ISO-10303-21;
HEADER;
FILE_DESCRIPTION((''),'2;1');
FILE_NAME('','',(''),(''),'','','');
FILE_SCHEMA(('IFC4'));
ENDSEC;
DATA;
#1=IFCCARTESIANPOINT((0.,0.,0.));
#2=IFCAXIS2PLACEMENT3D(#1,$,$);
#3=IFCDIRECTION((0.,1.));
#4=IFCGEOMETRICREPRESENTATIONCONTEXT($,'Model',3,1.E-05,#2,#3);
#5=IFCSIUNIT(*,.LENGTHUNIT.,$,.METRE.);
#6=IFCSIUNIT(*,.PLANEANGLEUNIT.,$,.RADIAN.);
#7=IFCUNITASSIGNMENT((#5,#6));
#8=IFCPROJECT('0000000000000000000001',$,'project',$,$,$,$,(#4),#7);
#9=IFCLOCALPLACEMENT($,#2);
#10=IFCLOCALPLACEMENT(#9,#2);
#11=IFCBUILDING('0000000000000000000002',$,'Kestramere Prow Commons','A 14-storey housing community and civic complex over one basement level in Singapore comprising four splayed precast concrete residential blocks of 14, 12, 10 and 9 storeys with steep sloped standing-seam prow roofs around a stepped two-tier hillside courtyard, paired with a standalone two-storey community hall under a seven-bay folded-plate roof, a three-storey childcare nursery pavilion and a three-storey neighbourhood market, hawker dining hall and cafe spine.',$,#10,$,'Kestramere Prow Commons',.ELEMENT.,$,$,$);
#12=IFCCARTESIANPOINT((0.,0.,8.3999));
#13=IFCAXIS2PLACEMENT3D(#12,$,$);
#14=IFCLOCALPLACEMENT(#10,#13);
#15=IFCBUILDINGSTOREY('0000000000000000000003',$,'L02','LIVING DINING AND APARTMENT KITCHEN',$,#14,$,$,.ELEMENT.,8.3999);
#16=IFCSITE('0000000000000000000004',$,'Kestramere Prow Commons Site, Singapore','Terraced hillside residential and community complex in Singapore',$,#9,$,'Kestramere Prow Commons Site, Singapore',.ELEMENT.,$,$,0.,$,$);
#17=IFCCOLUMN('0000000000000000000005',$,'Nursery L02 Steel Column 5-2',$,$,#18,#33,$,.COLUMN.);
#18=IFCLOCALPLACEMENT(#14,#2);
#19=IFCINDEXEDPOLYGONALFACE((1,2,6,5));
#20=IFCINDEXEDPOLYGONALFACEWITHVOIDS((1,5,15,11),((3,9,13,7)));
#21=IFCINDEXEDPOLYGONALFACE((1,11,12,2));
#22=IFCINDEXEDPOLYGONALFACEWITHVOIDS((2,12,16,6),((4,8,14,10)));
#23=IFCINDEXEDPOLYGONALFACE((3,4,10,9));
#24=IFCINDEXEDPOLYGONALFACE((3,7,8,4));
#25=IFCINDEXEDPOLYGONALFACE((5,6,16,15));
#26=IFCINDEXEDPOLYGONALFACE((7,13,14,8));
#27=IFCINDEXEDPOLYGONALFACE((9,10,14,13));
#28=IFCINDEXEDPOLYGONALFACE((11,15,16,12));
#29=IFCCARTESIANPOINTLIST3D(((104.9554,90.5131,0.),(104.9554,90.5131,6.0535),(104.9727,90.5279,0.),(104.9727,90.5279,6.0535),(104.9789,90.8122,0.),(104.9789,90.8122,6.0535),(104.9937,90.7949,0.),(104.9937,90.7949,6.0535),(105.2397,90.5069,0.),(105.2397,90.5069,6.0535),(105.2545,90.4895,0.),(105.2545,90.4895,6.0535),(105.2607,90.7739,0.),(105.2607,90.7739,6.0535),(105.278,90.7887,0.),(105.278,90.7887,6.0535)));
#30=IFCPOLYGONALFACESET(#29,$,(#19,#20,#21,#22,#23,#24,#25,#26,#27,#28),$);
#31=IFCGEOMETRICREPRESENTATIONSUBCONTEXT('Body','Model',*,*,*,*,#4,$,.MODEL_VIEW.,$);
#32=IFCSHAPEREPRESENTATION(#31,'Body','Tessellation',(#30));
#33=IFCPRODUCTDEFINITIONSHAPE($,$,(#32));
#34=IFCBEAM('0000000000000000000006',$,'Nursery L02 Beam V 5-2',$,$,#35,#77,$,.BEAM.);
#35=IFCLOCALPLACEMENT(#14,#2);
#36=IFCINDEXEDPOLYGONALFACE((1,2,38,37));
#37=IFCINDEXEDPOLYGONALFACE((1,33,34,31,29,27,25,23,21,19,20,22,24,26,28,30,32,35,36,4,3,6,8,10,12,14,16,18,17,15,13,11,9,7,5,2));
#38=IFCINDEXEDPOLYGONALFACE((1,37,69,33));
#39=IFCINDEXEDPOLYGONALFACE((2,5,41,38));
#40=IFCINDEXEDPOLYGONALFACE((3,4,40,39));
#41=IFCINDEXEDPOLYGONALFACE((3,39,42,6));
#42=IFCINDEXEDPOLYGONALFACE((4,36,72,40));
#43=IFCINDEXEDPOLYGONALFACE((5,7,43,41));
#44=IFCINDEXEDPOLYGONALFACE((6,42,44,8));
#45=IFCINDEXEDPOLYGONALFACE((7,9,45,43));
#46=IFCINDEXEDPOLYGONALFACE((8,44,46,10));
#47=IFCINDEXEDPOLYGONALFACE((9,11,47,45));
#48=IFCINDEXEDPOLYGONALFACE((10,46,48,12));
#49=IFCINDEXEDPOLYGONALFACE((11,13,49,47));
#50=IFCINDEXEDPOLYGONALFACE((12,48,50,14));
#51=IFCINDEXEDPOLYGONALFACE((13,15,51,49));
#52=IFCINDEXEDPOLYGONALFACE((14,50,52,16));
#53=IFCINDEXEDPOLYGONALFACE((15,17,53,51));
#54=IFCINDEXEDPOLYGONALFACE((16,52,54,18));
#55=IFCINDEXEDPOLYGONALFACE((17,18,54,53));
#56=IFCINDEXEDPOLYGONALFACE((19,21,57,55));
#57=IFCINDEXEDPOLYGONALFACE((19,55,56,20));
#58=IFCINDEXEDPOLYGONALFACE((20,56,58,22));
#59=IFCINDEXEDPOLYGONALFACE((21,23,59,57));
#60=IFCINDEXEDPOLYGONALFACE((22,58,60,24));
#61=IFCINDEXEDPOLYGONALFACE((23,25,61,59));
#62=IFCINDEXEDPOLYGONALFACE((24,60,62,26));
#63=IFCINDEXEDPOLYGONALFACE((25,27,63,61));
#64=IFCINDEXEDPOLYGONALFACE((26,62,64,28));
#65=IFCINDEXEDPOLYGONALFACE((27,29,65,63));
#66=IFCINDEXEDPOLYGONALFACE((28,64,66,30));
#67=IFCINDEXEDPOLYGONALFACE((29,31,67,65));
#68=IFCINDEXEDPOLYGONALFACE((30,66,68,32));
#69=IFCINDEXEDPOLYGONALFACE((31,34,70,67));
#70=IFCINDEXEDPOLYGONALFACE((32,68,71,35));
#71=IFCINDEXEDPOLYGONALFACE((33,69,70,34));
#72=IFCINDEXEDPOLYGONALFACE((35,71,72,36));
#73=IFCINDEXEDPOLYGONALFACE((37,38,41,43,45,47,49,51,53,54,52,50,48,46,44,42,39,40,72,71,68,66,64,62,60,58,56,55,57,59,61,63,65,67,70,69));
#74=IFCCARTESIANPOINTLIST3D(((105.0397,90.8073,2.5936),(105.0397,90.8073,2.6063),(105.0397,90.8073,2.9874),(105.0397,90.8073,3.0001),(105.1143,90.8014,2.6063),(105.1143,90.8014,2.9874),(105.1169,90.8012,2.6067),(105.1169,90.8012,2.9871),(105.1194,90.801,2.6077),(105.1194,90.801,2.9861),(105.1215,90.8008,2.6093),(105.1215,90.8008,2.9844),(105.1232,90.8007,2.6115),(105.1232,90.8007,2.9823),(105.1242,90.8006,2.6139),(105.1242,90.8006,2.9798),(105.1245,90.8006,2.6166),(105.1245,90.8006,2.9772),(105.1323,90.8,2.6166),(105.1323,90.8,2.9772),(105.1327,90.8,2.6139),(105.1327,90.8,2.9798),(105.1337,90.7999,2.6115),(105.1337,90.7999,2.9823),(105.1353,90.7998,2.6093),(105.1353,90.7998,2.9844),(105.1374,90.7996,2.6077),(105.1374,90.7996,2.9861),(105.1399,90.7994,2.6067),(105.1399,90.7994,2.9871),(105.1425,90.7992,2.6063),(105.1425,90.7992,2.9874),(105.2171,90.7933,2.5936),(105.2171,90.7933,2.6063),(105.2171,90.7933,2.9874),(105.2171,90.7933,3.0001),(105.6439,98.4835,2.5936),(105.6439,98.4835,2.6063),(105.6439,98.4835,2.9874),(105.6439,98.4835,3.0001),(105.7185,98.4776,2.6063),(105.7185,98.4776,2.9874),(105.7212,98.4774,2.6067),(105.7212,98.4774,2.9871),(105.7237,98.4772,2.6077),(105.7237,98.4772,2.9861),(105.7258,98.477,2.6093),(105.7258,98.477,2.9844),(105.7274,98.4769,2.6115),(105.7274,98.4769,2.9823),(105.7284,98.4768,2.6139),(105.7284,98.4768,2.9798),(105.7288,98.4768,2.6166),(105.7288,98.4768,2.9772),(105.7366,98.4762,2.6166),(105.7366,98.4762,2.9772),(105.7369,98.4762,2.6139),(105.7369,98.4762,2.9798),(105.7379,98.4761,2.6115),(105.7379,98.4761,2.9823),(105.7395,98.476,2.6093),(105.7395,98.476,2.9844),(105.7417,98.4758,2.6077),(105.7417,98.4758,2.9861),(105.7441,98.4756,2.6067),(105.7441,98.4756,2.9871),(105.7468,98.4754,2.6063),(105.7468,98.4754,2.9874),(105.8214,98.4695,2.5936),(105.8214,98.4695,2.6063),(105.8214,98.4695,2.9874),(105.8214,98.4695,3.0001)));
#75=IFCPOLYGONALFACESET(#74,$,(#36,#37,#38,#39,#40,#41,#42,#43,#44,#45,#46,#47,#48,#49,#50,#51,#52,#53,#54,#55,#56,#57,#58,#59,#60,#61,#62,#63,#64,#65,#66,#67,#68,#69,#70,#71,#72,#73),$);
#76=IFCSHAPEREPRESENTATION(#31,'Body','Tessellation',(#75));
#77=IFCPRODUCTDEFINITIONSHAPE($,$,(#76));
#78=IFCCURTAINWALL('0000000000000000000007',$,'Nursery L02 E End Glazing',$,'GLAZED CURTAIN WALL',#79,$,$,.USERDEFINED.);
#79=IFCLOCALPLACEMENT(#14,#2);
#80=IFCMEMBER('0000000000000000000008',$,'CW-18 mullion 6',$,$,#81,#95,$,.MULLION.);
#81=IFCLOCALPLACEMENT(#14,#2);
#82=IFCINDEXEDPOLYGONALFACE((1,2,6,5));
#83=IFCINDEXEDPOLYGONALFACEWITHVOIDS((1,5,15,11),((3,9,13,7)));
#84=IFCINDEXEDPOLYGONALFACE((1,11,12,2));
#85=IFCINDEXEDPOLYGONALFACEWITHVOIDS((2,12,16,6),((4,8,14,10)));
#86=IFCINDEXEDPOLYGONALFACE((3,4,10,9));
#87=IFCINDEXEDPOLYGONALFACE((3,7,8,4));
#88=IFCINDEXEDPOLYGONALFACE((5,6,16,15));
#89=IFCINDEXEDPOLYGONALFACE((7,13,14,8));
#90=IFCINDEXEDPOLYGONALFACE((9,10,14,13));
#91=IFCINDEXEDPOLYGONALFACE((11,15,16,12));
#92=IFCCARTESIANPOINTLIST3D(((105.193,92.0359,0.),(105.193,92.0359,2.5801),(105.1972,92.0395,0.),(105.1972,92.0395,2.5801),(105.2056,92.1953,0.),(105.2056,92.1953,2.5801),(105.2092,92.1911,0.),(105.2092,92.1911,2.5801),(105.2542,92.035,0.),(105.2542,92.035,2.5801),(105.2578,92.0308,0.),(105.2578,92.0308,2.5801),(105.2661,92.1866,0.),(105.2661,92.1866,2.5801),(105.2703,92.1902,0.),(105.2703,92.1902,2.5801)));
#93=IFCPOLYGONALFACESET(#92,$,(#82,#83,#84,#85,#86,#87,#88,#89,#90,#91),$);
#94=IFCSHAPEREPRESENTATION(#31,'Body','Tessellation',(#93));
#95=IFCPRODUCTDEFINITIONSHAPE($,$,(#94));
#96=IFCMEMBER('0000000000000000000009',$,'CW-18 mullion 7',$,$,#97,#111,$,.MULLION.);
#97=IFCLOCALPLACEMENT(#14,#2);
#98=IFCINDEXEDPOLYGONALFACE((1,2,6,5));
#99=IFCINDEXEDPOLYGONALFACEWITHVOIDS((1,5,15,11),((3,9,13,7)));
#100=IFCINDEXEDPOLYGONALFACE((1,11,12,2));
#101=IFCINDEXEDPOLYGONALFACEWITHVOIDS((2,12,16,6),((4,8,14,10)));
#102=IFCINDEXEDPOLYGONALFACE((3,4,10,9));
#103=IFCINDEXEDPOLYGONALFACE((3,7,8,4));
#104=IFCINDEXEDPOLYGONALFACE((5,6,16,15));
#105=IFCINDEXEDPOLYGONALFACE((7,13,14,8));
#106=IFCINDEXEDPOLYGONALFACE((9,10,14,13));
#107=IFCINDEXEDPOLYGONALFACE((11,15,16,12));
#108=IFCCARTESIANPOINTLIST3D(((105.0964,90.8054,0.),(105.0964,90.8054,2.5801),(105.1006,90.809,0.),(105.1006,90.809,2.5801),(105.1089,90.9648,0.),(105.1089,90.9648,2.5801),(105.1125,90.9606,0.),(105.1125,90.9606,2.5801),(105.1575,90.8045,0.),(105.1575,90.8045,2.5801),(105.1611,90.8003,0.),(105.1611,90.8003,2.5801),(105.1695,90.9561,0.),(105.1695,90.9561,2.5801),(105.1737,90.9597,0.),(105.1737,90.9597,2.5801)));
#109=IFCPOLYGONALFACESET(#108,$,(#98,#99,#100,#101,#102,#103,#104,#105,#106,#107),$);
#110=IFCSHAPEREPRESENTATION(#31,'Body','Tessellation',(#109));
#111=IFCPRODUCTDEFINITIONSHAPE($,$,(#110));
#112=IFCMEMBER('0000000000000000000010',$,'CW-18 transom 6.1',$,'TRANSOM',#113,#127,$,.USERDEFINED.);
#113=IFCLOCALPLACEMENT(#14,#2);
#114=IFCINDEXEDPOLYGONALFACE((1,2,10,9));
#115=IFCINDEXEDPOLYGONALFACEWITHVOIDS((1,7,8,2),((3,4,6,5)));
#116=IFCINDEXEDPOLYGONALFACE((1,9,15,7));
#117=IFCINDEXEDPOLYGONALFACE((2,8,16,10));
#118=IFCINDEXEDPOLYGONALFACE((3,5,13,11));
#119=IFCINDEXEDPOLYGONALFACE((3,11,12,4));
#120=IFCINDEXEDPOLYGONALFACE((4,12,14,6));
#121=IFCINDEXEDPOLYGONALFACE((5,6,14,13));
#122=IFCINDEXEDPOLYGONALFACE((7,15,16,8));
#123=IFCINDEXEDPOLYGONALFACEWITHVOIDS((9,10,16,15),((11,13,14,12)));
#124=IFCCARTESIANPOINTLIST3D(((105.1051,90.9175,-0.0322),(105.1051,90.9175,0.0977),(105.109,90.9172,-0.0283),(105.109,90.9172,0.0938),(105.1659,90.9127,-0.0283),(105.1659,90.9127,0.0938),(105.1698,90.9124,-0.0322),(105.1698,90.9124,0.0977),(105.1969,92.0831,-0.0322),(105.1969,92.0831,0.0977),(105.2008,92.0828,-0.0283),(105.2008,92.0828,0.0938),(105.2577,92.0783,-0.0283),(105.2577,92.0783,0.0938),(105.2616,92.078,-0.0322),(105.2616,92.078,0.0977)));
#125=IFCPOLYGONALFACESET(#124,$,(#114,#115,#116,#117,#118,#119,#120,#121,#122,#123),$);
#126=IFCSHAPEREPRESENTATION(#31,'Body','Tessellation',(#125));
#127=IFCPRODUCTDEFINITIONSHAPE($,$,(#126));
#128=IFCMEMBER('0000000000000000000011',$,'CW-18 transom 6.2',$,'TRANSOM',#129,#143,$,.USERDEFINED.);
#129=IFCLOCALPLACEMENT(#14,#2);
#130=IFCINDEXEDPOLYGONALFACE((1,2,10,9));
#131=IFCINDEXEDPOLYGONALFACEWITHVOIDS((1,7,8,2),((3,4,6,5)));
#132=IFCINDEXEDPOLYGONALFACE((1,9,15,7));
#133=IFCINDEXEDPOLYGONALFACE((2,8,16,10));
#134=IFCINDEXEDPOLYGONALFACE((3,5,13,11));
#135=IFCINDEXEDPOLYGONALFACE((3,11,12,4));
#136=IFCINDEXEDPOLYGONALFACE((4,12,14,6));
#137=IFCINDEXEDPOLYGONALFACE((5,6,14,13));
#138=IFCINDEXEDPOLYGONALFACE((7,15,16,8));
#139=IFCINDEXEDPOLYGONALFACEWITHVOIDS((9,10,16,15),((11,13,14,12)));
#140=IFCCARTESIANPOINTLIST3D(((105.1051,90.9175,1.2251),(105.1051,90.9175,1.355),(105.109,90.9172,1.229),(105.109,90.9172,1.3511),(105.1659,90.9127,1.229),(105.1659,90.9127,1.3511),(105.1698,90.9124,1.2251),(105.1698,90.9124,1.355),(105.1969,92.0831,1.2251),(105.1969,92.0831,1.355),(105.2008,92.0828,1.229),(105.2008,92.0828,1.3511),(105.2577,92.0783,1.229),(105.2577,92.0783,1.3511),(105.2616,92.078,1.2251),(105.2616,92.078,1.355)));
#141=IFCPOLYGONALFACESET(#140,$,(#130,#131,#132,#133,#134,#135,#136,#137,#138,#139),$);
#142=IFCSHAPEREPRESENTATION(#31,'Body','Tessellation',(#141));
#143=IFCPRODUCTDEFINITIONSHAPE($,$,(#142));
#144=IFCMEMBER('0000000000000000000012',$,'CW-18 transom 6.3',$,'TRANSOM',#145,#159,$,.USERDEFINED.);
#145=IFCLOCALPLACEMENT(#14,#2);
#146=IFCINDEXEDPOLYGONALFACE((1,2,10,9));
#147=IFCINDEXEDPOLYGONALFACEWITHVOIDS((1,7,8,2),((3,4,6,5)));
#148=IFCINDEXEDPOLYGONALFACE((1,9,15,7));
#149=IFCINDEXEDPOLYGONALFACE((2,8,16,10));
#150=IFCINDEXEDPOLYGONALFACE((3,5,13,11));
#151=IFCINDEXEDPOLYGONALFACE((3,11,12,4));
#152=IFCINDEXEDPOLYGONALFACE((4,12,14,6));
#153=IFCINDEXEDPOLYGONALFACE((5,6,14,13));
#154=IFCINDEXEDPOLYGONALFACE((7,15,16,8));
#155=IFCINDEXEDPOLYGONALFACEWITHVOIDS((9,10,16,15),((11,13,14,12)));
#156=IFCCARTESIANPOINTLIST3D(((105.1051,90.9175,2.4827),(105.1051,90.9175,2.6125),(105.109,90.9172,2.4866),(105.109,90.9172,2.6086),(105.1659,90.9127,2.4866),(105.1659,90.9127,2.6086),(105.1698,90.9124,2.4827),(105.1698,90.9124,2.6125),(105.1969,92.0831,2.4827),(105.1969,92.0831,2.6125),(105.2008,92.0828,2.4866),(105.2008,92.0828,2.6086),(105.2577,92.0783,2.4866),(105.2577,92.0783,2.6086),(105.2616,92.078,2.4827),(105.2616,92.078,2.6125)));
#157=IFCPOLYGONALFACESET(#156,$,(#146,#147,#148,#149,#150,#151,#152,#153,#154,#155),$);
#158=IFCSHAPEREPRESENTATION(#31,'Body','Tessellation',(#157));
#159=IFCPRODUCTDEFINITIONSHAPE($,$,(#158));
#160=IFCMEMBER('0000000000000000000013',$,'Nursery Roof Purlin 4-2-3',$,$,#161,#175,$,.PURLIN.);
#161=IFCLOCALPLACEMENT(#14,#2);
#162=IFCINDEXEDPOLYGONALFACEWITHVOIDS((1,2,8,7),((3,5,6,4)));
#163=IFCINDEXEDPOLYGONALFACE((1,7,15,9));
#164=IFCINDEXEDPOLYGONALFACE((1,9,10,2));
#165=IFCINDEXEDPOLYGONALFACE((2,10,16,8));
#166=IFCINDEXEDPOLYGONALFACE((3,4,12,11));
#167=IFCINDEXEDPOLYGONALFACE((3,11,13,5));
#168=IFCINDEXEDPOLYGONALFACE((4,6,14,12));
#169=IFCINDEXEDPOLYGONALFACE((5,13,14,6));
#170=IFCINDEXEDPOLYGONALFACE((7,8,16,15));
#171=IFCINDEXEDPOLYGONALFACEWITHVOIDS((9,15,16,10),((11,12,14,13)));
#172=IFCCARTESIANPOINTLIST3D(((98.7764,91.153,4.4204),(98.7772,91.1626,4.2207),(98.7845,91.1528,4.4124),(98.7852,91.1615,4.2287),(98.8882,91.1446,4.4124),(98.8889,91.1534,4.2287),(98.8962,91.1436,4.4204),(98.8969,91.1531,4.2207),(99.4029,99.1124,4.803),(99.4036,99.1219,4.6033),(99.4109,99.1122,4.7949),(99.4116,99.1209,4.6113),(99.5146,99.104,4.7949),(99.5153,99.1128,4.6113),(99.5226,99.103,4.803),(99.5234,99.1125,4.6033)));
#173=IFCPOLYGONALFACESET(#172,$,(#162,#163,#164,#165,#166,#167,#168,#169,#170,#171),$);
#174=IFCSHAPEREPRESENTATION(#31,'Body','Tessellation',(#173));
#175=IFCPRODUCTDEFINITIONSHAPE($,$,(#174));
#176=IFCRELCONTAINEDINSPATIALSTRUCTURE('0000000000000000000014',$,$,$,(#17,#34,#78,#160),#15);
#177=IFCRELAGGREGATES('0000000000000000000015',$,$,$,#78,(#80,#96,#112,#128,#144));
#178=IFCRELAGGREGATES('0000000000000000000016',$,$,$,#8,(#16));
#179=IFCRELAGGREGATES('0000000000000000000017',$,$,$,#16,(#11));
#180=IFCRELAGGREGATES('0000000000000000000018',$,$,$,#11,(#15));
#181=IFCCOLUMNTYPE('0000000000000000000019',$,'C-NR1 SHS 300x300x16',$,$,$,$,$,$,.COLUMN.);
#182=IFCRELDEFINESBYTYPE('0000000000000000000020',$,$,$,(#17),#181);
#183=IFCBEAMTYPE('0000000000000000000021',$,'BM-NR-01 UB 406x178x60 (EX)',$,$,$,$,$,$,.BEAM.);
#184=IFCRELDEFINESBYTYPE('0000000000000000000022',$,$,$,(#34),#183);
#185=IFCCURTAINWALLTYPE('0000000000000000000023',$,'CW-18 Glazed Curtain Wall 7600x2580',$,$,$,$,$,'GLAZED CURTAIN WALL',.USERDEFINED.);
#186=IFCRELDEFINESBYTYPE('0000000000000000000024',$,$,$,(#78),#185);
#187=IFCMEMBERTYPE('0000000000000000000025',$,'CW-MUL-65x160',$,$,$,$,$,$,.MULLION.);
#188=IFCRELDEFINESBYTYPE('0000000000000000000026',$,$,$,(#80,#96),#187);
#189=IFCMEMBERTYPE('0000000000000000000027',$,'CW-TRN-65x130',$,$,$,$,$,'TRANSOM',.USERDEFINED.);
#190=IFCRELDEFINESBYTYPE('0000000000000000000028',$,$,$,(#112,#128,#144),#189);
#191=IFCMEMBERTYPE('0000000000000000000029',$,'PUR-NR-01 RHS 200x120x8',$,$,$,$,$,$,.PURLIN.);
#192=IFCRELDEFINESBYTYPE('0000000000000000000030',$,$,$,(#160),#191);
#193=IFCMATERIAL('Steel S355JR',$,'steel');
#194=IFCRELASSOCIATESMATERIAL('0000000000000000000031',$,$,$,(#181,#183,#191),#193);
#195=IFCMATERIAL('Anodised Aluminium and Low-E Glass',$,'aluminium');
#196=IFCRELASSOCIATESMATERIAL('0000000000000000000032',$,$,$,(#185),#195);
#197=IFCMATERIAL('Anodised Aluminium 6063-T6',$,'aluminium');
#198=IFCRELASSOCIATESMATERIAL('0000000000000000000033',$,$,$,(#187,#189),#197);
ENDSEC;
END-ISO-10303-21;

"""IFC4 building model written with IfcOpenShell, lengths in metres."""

from ifc_helpers import new_model, si_unit, direction, frame, origin, origin_2d, place, context, subcontext, project, spatial, hollow_rectangle, i_section, extrude, material, material_profile, profile_set, type_object, element, aggregate, save


model = new_model("IFC4")

# Units and contexts
model_context = context("Model", 3, precision=1e-05, world=origin(), true_north=direction((0.0, 1.0)))
body_context = subcontext(model_context, "Body", "Model", "MODEL_VIEW")
ifc_project = project(units=[si_unit("LENGTHUNIT", "METRE"), si_unit("PLANEANGLEUNIT", "RADIAN")], contexts=[model_context])

# Site, building, storey
site_placement = place(None, origin())
site = spatial("IfcSite", under=ifc_project, at=site_placement, Name="Kestramere Prow Commons Site, Singapore", Description="Terraced hillside residential and community complex in Singapore", LongName="Kestramere Prow Commons Site, Singapore", CompositionType="ELEMENT", RefElevation=0.0)
building_placement = place(site_placement, origin())
building = spatial("IfcBuilding", under=site, at=building_placement, Name="Kestramere Prow Commons", Description="A 14-storey housing community and civic complex over one basement level in Singapore comprising four splayed precast concrete residential blocks of 14, 12, 10 and 9 storeys with steep sloped standing-seam prow roofs around a stepped two-tier hillside courtyard, paired with a standalone two-storey community hall under a seven-bay folded-plate roof, a three-storey childcare nursery pavilion and a three-storey neighbourhood market, hawker dining hall and cafe spine.", LongName="Kestramere Prow Commons", CompositionType="ELEMENT")
storey_placement = place(building_placement, frame((0.0, 0.0, 8.3999)))
storey = spatial("IfcBuildingStorey", under=building, at=storey_placement, Name="L02", Description="LIVING DINING AND APARTMENT KITCHEN", CompositionType="ELEMENT", Elevation=8.3999)

# Column
ifc_material_1 = material(Name="Steel S355JR", Category="steel")
ifc_material_profile_1 = material_profile(ifc_material_1, hollow_rectangle(XDim=0.3, YDim=0.3, WallThickness=0.0161, at=origin_2d()), Name="SHS 300x300x16")
ifc_profile_set_1 = profile_set([ifc_material_profile_1], Name="Steel S355JR")
column_type = type_object("IfcColumnType", Name="C-NR1 SHS 300x300x16", PredefinedType="COLUMN", material=ifc_profile_set_1)
column_placement = place(storey_placement, frame((105.1167, 90.6509, 0.0), z_axis=(0.0, 0.0, 1.0), x_axis=(0.996917, -0.078459, 0.0)))
element("IfcColumn", 1, at=column_placement, inside=storey, type_object=column_type, Name="Nursery L02 Steel Column 5-2", PredefinedType="COLUMN", context=body_context, shape_type="SweptSolid", body=[
    extrude(hollow_rectangle(XDim=0.3, YDim=0.3, WallThickness=0.0161, at=origin_2d()), origin(), (0.0, 0.0, 1.0), 6.0535),
])

# Beam
ifc_material_profile_2 = material_profile(ifc_material_1, i_section(OverallWidth=0.178, OverallDepth=0.4065, WebThickness=0.0078, FlangeThickness=0.0127, FilletRadius=0.0103, at=origin_2d()), Name="UB 406x178x60")
ifc_profile_set_2 = profile_set([ifc_material_profile_2], Name="Steel S355JR")
beam_type = type_object("IfcBeamType", Name="BM-NR-01 UB 406x178x60 (EX)", PredefinedType="BEAM", material=ifc_profile_set_2)
beam_placement = place(storey_placement, frame((105.1284, 90.8003, 2.7969), z_axis=(0.078474, 0.996916, 0.0), x_axis=(-0.996916, 0.078474, 0.0)))
element("IfcBeam", 2, at=beam_placement, inside=storey, type_object=beam_type, Name="Nursery L02 Beam V 5-2", PredefinedType="BEAM", context=body_context, shape_type="SweptSolid", body=[
    extrude(i_section(OverallWidth=0.178, OverallDepth=0.4065, WebThickness=0.0078, FlangeThickness=0.0127, FilletRadius=0.0103, at=origin_2d()), origin(), (0.0, 0.0, 1.0), 7.7),
])

# Curtain wall, members
ifc_material_2 = material(Name="Anodised Aluminium and Low-E Glass", Category="aluminium")
curtain_wall_type = type_object("IfcCurtainWallType", Name="CW-18 Glazed Curtain Wall 7600x2580", ElementType="GLAZED CURTAIN WALL", PredefinedType="USERDEFINED", material=ifc_material_2)
curtain_wall_placement = place(storey_placement, origin())
curtain_wall = element("IfcCurtainWall", 3, at=curtain_wall_placement, inside=storey, type_object=curtain_wall_type, Name="Nursery L02 E End Glazing", ObjectType="GLAZED CURTAIN WALL", PredefinedType="USERDEFINED")
ifc_material_3 = material(Name="Anodised Aluminium 6063-T6", Category="aluminium")
ifc_material_profile_3 = material_profile(ifc_material_3, hollow_rectangle(XDim=0.0649, YDim=0.1599, WallThickness=0.0039, at=origin_2d()), Name="ALU-MUL 65x160")
ifc_profile_set_3 = profile_set([ifc_material_profile_3], Name="Anodised Aluminium 6063-T6")
member_type_1 = type_object("IfcMemberType", Name="CW-MUL-65x160", PredefinedType="MULLION", material=ifc_profile_set_3)
member_1_placement = place(storey_placement, frame((105.2317, 92.113, 0.0), z_axis=(0.0, 0.0, 1.0), x_axis=(0.996917, -0.078459, 0.0)))
member_1 = element("IfcMember", 4, at=member_1_placement, type_object=member_type_1, Name="CW-18 mullion 6", PredefinedType="MULLION", context=body_context, shape_type="SweptSolid", body=[
    extrude(hollow_rectangle(XDim=0.0649, YDim=0.1599, WallThickness=0.0039, at=origin_2d()), origin(), (0.0, 0.0, 1.0), 2.5801),
])
member_2_placement = place(storey_placement, frame((105.135, 90.8826, 0.0), z_axis=(0.0, 0.0, 1.0), x_axis=(0.996917, -0.078459, 0.0)))
member_2 = element("IfcMember", 5, at=member_2_placement, type_object=member_type_1, Name="CW-18 mullion 7", PredefinedType="MULLION", context=body_context, shape_type="SweptSolid", body=[
    extrude(hollow_rectangle(XDim=0.0649, YDim=0.1599, WallThickness=0.0039, at=origin_2d()), origin(), (0.0, 0.0, 1.0), 2.5801),
])
ifc_material_profile_4 = material_profile(ifc_material_3, hollow_rectangle(XDim=0.0649, YDim=0.1299, WallThickness=0.0039, at=origin_2d()), Name="ALU-TRN 65x130")
ifc_profile_set_4 = profile_set([ifc_material_profile_4], Name="Anodised Aluminium 6063-T6")
member_type_2 = type_object("IfcMemberType", Name="CW-TRN-65x130", ElementType="TRANSOM", PredefinedType="USERDEFINED", material=ifc_profile_set_4)
member_3_placement = place(storey_placement, frame((105.2292, 92.0806, 0.0327), z_axis=(-0.078517, -0.996913, 0.0), x_axis=(0.996913, -0.078517, 0.0)))
member_3 = element("IfcMember", 6, at=member_3_placement, type_object=member_type_2, Name="CW-18 transom 6.1", ObjectType="TRANSOM", PredefinedType="USERDEFINED", context=body_context, shape_type="SweptSolid", body=[
    extrude(hollow_rectangle(XDim=0.0649, YDim=0.1299, WallThickness=0.0039, at=origin_2d()), origin(), (0.0, 0.0, 1.0), 1.1692),
])
member_4_placement = place(storey_placement, frame((105.2292, 92.0806, 1.29), z_axis=(-0.078517, -0.996913, 0.0), x_axis=(0.996913, -0.078517, 0.0)))
member_4 = element("IfcMember", 7, at=member_4_placement, type_object=member_type_2, Name="CW-18 transom 6.2", ObjectType="TRANSOM", PredefinedType="USERDEFINED", context=body_context, shape_type="SweptSolid", body=[
    extrude(hollow_rectangle(XDim=0.0649, YDim=0.1299, WallThickness=0.0039, at=origin_2d()), origin(), (0.0, 0.0, 1.0), 1.1692),
])
member_5_placement = place(storey_placement, frame((105.2292, 92.0806, 2.5476), z_axis=(-0.078517, -0.996913, 0.0), x_axis=(0.996913, -0.078517, 0.0)))
member_5 = element("IfcMember", 8, at=member_5_placement, type_object=member_type_2, Name="CW-18 transom 6.3", ObjectType="TRANSOM", PredefinedType="USERDEFINED", context=body_context, shape_type="SweptSolid", body=[
    extrude(hollow_rectangle(XDim=0.0649, YDim=0.1299, WallThickness=0.0039, at=origin_2d()), origin(), (0.0, 0.0, 1.0), 1.1692),
])

# Member
ifc_material_profile_5 = material_profile(ifc_material_1, hollow_rectangle(XDim=0.1201, YDim=0.2, WallThickness=0.0081, at=origin_2d()), Name="RHS 200x120x8")
ifc_profile_set_5 = profile_set([ifc_material_profile_5], Name="Steel S355JR")
member_type_3 = type_object("IfcMemberType", Name="PUR-NR-01 RHS 200x120x8", PredefinedType="PURLIN", material=ifc_profile_set_5)
for number, where, z_axis, x_axis, name in (
    (9, (98.8367, 91.1531, 4.3206), (0.078374, 0.995774, 0.047861), (-0.996917, 0.078464, 0.0), "Nursery Roof Purlin 4-2-3"),
):
    element("IfcMember", number, at=place(storey_placement, frame(where, z_axis=z_axis, x_axis=x_axis)), inside=storey, type_object=member_type_3, Name=name, PredefinedType="PURLIN", context=body_context, shape_type="SweptSolid", body=[
        extrude(hollow_rectangle(XDim=0.1201, YDim=0.2, WallThickness=0.0081, at=origin_2d()), origin(), (0.0, 0.0, 1.0), 7.9932),
    ])

aggregate(curtain_wall, [member_1, member_2, member_3, member_4, member_5])

save(model, "model.ifc")
